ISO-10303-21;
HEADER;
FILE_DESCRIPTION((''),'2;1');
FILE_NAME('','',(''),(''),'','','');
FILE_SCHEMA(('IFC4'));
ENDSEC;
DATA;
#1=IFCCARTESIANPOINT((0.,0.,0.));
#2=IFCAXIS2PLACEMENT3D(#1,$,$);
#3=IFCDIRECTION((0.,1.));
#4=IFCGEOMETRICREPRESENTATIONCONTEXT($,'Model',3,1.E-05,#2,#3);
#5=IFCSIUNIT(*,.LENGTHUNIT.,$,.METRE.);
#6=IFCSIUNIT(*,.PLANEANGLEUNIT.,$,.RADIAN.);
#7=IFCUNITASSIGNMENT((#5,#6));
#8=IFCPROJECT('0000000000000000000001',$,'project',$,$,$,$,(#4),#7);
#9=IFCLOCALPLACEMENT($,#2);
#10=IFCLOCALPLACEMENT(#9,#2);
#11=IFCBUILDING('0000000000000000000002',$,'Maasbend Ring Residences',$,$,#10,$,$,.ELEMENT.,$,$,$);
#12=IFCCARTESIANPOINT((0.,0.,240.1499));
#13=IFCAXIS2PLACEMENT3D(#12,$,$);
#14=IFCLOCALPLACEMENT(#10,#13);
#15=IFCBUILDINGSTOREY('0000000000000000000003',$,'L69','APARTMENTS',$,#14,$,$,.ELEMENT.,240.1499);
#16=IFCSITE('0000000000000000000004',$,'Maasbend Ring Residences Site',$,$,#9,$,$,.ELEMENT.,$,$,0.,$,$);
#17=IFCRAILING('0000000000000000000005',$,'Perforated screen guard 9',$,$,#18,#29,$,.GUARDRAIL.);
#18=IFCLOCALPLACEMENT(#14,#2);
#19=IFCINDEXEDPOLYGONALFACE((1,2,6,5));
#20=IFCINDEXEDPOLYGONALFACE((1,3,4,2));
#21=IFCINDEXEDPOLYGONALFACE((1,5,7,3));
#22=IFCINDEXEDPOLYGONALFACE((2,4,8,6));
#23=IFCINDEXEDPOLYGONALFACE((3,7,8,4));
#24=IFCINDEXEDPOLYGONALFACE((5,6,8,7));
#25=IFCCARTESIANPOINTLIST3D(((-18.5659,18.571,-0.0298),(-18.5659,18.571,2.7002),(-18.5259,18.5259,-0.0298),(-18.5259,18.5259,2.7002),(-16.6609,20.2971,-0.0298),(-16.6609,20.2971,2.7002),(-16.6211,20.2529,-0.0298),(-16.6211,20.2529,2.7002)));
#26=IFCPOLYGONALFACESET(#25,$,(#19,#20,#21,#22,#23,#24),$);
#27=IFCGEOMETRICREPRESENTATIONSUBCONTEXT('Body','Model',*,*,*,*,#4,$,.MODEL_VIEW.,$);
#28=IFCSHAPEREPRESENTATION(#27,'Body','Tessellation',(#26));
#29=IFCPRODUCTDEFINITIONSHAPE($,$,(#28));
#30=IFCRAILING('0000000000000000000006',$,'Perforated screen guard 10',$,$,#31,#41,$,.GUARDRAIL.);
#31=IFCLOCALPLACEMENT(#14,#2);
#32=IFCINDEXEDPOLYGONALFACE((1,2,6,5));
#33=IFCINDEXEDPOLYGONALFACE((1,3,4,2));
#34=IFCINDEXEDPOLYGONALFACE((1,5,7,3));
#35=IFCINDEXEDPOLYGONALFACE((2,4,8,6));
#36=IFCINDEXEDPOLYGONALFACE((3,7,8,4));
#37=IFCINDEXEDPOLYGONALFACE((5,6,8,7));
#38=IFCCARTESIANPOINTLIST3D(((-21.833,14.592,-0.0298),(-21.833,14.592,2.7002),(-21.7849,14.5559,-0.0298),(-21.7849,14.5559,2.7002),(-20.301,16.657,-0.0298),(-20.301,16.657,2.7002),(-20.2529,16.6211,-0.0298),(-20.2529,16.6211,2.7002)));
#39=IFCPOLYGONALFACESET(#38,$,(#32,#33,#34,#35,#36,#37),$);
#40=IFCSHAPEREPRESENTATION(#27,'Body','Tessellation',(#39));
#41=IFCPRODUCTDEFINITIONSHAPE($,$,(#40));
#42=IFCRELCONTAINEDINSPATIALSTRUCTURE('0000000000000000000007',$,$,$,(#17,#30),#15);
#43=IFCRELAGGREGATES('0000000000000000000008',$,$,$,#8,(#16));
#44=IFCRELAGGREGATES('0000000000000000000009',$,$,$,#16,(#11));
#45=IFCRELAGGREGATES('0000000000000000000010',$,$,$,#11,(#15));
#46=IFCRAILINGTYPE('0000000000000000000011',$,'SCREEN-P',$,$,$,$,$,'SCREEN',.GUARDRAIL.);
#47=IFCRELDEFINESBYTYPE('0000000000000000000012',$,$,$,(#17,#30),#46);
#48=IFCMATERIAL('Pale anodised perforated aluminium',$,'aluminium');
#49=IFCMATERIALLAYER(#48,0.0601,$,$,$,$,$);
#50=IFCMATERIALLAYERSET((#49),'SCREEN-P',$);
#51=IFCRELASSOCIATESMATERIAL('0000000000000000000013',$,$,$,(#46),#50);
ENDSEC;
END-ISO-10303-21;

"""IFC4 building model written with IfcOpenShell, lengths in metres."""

from ifc_helpers import new_model, si_unit, direction, frame, origin, place, context, subcontext, project, spatial, polyline, outline, extrude, material, layer, layer_set, type_object, element, save


model = new_model("IFC4")

# Units and contexts
model_context = context("Model", 3, precision=1e-05, world=origin(), true_north=direction((0.0, 1.0)))
body_context = subcontext(model_context, "Body", "Model", "MODEL_VIEW")
ifc_project = project(units=[si_unit("LENGTHUNIT", "METRE"), si_unit("PLANEANGLEUNIT", "RADIAN")], contexts=[model_context])

# Site, building, storey
site_placement = place(None, origin())
site = spatial("IfcSite", under=ifc_project, at=site_placement, Name="Maasbend Ring Residences Site", CompositionType="ELEMENT", RefElevation=0.0)
building_placement = place(site_placement, origin())
building = spatial("IfcBuilding", under=site, at=building_placement, Name="Maasbend Ring Residences", CompositionType="ELEMENT")
storey_placement = place(building_placement, frame((0.0, 0.0, 240.1499)))
storey = spatial("IfcBuildingStorey", under=building, at=storey_placement, Name="L69", Description="APARTMENTS", CompositionType="ELEMENT", Elevation=240.1499)

# Railings
ifc_material_1 = material(Name="Pale anodised perforated aluminium", Category="aluminium")
ifc_layer_1 = layer(ifc_material_1, 0.0601)
ifc_layer_set_1 = layer_set([ifc_layer_1], Name="SCREEN-P")
railing_type = type_object("IfcRailingType", Name="SCREEN-P", ElementType="SCREEN", PredefinedType="GUARDRAIL", material=ifc_layer_set_1)
railing_1_placement = place(storey_placement, frame((0.0, 0.0, -0.0298)))
element("IfcRailing", 1, at=railing_1_placement, inside=storey, type_object=railing_type, Name="Perforated screen guard 9", PredefinedType="GUARDRAIL", context=body_context, shape_type="SweptSolid", body=[
    extrude(outline(polyline([(-16.6211, 20.2529), (-18.5259, 18.5259), (-18.5659, 18.571), (-16.6609, 20.2971), (-16.6211, 20.2529)])), origin(), (0.0, 0.0, 1.0), 2.73),
])
railing_2_placement = place(storey_placement, frame((0.0, 0.0, -0.0298)))
element("IfcRailing", 2, at=railing_2_placement, inside=storey, type_object=railing_type, Name="Perforated screen guard 10", PredefinedType="GUARDRAIL", context=body_context, shape_type="SweptSolid", body=[
    extrude(outline(polyline([(-20.2529, 16.6211), (-21.7849, 14.5559), (-21.833, 14.592), (-20.301, 16.657), (-20.2529, 16.6211)])), origin(), (0.0, 0.0, 1.0), 2.73),
])

save(model, "model.ifc")
